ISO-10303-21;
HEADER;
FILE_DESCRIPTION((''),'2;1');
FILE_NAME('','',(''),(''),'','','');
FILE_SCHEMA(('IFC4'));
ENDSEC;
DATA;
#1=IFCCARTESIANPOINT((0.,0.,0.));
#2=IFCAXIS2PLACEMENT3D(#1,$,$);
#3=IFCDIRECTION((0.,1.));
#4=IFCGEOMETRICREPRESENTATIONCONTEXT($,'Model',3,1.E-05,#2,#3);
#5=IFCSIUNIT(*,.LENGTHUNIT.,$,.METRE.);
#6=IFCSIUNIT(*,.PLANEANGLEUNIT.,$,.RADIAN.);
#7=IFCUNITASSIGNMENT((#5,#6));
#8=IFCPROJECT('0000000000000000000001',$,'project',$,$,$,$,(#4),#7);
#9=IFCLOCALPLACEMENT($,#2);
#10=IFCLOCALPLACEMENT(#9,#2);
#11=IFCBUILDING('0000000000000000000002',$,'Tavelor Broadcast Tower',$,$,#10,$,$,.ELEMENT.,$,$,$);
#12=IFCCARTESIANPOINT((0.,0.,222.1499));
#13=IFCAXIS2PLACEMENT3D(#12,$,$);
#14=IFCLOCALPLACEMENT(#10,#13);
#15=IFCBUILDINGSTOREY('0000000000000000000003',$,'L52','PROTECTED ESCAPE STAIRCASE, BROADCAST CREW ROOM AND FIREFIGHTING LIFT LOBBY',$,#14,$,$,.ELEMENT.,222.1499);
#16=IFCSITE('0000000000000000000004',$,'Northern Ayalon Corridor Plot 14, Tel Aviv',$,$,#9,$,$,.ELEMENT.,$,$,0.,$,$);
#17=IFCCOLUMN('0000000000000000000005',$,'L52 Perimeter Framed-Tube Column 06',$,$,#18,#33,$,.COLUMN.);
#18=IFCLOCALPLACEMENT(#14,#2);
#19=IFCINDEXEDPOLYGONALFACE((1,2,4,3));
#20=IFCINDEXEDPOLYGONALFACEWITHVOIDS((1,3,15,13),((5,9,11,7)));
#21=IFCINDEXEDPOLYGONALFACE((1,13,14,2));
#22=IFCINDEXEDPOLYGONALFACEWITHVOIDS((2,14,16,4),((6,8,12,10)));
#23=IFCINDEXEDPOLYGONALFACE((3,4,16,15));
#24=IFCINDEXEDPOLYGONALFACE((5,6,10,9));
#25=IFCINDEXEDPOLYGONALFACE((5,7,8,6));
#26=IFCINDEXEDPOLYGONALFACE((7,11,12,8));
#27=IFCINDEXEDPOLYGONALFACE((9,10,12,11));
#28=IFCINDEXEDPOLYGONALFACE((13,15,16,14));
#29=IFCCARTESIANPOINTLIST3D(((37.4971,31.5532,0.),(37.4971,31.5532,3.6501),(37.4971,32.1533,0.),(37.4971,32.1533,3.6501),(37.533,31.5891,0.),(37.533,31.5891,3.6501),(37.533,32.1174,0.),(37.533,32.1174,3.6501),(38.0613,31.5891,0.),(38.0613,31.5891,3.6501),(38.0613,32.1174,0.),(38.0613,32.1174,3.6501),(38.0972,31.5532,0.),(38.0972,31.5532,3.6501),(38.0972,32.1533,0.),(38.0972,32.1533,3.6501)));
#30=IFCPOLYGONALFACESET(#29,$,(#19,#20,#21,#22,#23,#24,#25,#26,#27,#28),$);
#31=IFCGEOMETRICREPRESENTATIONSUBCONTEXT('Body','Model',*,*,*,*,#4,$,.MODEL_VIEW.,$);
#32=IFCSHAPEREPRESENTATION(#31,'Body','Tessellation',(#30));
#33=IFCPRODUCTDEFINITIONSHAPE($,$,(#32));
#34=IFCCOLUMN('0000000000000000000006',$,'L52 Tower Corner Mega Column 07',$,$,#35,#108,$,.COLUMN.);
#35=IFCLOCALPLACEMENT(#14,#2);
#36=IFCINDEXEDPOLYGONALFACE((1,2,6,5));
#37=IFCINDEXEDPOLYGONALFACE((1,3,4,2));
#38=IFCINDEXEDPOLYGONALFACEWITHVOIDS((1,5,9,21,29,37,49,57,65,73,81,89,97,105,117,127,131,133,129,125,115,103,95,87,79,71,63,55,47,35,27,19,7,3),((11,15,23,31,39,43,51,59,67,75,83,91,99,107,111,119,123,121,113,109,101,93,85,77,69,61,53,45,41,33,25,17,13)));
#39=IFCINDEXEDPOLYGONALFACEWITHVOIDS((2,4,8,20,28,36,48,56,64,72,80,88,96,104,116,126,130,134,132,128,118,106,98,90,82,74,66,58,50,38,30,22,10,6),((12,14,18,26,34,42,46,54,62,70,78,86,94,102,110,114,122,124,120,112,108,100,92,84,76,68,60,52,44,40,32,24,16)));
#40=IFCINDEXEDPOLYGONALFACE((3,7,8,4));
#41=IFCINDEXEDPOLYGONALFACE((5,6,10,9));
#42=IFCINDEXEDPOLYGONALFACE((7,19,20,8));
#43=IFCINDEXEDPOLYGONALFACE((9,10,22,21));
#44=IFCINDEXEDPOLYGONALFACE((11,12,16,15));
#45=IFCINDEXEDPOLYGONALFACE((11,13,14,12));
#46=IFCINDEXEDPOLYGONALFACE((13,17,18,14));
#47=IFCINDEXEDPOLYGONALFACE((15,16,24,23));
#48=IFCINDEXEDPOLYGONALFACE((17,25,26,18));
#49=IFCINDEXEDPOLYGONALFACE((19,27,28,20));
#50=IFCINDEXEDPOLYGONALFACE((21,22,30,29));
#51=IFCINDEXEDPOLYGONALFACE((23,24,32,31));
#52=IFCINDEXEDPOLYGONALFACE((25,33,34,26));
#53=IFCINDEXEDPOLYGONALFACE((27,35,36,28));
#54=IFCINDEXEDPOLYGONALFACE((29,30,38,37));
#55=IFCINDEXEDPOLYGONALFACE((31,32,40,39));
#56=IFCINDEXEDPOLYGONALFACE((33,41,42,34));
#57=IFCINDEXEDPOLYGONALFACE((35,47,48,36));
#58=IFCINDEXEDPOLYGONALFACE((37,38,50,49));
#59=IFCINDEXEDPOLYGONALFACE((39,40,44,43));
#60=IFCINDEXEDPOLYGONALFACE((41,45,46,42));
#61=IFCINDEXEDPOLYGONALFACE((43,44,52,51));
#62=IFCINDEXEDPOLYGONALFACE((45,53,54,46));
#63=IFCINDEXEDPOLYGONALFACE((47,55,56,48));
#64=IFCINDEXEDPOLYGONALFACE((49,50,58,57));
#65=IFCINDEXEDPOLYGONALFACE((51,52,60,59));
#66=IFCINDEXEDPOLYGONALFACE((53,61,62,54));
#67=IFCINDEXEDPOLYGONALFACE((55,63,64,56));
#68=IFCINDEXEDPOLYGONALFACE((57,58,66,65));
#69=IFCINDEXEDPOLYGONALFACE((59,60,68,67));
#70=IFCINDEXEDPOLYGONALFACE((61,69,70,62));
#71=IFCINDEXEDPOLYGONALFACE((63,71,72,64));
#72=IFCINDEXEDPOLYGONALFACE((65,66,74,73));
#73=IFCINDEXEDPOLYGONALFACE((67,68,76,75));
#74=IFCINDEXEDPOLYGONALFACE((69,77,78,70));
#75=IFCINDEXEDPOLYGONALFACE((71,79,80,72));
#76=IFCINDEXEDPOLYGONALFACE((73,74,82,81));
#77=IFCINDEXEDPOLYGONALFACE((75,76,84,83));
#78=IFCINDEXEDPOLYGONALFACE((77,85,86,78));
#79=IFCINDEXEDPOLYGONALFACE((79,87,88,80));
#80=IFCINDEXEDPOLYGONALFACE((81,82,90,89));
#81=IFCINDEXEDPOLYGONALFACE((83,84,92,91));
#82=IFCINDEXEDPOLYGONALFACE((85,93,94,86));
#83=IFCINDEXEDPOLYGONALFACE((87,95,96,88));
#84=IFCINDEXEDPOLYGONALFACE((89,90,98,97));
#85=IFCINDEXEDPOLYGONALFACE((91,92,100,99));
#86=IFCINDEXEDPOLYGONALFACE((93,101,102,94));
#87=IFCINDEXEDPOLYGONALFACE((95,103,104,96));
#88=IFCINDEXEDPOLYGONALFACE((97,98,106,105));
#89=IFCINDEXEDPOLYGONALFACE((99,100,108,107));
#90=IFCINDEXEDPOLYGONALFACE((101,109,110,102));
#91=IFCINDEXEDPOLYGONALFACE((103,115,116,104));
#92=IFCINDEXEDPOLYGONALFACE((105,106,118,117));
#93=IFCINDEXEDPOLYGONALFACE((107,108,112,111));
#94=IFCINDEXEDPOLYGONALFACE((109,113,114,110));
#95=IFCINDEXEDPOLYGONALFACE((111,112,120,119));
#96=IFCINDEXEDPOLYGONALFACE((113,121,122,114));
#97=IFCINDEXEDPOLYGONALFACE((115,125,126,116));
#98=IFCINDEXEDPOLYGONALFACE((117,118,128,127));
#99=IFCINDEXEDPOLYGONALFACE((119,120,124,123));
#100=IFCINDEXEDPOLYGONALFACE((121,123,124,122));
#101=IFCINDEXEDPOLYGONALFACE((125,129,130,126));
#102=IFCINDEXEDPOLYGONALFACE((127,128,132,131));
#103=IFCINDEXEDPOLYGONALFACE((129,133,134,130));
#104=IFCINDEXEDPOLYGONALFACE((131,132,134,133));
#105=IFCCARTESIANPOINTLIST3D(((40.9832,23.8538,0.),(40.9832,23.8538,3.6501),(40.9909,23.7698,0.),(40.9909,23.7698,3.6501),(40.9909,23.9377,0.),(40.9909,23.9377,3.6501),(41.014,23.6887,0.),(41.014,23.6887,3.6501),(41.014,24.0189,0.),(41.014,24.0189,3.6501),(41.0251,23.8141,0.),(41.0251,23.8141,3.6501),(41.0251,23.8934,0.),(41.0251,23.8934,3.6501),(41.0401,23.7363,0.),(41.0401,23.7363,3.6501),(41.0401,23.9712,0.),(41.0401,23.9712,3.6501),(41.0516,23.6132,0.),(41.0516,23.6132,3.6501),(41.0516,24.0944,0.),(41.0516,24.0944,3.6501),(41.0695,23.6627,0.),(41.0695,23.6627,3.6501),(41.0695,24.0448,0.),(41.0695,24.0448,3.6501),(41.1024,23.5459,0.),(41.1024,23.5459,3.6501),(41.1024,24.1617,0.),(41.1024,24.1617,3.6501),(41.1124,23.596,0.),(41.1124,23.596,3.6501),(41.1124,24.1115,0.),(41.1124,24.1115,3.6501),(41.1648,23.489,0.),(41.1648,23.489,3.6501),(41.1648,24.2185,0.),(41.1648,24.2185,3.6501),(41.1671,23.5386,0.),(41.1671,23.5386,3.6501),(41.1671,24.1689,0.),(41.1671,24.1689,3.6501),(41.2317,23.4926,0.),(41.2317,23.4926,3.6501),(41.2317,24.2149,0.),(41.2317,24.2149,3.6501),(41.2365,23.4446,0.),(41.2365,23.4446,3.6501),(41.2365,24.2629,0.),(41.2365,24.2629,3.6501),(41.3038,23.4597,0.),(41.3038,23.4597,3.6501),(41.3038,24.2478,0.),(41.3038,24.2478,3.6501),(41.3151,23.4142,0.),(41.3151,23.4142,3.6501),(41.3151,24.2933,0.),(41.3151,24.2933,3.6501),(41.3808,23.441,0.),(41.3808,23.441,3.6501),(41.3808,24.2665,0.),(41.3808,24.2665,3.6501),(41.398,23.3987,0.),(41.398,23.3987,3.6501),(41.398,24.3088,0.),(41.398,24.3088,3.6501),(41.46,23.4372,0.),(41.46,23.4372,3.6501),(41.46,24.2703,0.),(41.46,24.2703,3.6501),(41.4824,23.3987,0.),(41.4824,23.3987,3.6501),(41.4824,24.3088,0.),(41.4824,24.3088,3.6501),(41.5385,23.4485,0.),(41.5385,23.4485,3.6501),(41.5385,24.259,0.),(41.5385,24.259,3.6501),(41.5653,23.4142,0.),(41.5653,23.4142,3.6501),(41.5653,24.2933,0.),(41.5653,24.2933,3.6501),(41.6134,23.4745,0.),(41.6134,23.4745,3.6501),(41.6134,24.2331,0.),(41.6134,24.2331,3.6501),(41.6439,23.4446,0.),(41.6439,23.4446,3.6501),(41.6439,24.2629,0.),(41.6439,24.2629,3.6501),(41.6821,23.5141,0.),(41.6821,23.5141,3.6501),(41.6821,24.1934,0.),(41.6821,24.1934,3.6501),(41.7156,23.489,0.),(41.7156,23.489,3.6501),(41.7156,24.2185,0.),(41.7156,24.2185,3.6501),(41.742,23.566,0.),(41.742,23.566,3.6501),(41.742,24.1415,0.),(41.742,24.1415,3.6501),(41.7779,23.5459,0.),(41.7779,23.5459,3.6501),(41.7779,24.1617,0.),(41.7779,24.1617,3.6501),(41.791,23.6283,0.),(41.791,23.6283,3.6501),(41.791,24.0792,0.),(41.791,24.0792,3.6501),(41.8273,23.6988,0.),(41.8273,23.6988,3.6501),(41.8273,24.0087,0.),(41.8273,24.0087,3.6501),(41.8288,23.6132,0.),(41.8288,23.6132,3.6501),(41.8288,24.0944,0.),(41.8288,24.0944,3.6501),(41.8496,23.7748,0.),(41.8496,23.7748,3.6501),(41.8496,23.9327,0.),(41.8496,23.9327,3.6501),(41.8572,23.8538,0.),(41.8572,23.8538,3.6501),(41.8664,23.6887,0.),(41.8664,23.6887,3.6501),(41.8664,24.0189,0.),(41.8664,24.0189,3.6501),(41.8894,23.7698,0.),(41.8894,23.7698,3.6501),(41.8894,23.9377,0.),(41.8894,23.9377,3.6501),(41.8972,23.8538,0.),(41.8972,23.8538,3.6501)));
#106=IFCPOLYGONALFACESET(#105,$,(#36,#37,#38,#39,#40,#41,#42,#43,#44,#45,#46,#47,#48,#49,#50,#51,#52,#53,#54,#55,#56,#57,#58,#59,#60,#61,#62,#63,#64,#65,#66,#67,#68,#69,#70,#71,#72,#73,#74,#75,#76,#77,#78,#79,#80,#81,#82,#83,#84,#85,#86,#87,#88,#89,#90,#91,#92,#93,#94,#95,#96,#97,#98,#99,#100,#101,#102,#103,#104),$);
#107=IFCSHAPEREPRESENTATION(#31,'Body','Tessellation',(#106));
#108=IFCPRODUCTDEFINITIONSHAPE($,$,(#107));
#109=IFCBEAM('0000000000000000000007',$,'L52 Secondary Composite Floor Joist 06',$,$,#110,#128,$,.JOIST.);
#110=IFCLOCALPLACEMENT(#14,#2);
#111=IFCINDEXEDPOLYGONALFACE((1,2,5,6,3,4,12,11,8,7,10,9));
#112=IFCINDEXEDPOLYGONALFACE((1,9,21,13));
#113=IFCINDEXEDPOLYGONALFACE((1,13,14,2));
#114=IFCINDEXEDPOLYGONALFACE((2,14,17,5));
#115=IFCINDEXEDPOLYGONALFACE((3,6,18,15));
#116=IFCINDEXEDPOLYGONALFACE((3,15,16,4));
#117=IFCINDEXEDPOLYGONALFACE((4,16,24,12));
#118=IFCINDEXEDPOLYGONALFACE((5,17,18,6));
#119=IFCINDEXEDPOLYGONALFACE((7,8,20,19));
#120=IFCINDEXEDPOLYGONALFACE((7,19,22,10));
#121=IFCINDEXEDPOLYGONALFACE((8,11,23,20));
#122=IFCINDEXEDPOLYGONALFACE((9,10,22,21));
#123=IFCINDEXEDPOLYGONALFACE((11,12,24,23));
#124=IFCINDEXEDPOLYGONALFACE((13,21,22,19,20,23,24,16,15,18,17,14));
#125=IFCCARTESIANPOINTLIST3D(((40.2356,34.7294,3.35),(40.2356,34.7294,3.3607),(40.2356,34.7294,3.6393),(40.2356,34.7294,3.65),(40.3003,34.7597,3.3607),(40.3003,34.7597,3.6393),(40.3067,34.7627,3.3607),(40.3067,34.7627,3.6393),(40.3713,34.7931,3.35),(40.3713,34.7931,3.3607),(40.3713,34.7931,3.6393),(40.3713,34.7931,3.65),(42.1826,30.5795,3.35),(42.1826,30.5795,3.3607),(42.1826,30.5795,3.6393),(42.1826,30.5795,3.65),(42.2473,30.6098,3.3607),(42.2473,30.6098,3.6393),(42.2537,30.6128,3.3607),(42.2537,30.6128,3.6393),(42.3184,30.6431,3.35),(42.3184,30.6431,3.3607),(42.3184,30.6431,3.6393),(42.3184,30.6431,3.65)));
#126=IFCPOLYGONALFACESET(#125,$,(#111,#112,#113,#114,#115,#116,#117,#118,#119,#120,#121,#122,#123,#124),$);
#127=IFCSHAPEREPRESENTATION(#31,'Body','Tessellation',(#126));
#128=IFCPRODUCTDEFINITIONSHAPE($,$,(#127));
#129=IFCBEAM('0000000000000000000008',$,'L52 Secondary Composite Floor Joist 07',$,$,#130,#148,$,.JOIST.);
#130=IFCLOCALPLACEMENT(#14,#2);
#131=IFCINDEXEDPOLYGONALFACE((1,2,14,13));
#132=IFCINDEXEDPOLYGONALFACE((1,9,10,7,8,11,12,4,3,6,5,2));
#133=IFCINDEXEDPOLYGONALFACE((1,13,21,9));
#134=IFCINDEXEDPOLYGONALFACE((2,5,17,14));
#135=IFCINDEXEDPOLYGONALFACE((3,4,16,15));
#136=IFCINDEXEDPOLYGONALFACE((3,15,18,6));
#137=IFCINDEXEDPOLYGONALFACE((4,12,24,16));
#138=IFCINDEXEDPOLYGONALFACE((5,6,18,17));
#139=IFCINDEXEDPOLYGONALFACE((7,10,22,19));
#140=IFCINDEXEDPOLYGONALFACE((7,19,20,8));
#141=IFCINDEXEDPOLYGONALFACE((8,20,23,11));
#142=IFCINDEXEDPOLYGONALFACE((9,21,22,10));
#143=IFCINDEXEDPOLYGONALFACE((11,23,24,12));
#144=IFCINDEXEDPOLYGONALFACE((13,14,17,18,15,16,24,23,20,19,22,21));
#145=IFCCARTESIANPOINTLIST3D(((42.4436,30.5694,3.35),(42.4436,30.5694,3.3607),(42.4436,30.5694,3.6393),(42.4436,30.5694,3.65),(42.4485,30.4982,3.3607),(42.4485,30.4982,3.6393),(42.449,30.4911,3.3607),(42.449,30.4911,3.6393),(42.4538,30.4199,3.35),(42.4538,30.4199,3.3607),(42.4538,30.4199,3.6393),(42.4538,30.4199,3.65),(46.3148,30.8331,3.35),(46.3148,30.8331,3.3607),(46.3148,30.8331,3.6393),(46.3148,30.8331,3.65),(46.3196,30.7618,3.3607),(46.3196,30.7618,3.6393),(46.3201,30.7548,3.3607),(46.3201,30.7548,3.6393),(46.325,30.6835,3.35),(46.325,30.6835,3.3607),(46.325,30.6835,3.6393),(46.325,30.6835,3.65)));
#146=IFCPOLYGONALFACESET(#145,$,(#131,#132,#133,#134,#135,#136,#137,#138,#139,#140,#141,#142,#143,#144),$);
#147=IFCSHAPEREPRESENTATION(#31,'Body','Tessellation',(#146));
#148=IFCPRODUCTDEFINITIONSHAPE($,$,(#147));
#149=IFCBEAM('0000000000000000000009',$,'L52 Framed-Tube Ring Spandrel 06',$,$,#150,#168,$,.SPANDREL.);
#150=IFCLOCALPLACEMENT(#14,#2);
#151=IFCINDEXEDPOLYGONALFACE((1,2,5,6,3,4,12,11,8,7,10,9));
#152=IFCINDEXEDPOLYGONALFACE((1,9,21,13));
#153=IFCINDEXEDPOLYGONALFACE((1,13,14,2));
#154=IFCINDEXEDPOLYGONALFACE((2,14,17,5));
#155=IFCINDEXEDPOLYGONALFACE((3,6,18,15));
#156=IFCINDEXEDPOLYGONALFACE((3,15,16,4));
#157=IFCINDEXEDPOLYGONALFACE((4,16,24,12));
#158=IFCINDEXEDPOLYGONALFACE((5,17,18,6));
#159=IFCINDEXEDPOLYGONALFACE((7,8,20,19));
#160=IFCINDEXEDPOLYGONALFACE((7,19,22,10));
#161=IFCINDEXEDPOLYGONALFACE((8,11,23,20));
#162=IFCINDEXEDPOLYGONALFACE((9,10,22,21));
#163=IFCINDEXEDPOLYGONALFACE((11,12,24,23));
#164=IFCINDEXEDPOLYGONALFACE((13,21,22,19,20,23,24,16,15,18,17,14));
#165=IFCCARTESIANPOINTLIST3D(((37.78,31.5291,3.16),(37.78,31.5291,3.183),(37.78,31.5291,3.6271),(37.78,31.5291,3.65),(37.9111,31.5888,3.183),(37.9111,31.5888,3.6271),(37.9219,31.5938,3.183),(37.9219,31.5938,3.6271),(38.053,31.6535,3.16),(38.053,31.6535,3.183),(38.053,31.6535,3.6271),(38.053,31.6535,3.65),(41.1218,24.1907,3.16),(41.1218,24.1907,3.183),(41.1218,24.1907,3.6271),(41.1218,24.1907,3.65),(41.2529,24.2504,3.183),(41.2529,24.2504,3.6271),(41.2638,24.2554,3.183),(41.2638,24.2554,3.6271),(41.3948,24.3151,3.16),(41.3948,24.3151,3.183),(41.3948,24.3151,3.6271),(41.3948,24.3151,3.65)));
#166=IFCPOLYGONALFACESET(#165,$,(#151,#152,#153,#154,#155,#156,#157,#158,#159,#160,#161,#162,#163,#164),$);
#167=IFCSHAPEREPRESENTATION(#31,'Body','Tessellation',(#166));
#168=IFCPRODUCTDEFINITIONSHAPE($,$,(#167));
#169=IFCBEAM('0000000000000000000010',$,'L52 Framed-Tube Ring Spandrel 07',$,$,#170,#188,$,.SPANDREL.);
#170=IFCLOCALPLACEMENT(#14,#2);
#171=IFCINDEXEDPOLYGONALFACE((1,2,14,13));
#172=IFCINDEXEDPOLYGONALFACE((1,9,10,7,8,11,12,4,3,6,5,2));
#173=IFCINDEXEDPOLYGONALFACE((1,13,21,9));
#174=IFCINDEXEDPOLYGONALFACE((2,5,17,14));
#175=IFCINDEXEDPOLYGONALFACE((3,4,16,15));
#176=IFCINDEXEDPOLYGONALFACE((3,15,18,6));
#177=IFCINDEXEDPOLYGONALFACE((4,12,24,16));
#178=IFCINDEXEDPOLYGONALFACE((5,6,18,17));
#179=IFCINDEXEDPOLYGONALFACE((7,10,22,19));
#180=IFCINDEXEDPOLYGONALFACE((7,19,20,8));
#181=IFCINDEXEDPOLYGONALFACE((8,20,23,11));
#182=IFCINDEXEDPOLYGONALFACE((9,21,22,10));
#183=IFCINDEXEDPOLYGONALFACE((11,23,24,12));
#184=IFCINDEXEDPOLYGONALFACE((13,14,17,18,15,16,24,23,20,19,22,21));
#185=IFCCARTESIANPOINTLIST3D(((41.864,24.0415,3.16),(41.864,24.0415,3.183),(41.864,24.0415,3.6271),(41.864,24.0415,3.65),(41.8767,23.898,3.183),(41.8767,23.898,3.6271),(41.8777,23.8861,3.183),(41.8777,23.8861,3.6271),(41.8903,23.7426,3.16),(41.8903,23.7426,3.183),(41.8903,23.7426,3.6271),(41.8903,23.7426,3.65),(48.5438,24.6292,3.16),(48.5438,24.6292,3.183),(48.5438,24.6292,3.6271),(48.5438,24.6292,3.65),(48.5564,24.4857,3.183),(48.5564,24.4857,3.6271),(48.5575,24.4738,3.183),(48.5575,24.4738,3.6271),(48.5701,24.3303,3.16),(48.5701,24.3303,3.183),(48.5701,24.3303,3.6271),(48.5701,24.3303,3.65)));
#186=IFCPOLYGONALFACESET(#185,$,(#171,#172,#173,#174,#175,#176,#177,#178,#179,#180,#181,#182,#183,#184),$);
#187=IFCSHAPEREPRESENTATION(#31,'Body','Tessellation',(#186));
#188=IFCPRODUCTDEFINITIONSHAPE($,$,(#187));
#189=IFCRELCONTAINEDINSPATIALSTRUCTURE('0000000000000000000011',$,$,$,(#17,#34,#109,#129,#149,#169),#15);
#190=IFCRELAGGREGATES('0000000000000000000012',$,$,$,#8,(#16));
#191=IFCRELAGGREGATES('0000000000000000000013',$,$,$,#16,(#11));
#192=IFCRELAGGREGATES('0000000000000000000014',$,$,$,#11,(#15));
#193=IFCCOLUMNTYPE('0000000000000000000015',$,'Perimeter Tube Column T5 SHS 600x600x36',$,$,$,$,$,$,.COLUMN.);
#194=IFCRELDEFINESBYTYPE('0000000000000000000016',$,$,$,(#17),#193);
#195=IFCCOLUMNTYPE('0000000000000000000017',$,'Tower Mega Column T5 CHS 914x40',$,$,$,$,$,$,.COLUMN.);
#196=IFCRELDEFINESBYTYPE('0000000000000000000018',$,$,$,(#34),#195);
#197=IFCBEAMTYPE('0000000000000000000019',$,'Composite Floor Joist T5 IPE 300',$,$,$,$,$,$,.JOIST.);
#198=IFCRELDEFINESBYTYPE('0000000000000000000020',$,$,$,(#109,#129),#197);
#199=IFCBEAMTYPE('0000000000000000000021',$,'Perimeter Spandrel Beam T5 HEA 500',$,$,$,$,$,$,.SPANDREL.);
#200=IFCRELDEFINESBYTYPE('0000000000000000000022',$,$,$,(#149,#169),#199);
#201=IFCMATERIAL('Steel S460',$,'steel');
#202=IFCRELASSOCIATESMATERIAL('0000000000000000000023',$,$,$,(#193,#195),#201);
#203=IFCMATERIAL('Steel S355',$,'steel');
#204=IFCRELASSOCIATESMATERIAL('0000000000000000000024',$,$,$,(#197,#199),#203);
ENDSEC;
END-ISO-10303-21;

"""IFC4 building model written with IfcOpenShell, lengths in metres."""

from ifc_helpers import new_model, si_unit, direction, frame, origin, origin_2d, place, context, subcontext, project, spatial, hollow_rectangle, hollow_circle, i_section, extrude, material, material_profile, profile_set, type_object, element, save


model = new_model("IFC4")

# Units and contexts
model_context = context("Model", 3, precision=1e-05, world=origin(), true_north=direction((0.0, 1.0)))
body_context = subcontext(model_context, "Body", "Model", "MODEL_VIEW")
ifc_project = project(units=[si_unit("LENGTHUNIT", "METRE"), si_unit("PLANEANGLEUNIT", "RADIAN")], contexts=[model_context])

# Site, building, storey
site_placement = place(None, origin())
site = spatial("IfcSite", under=ifc_project, at=site_placement, Name="Northern Ayalon Corridor Plot 14, Tel Aviv", CompositionType="ELEMENT", RefElevation=0.0)
building_placement = place(site_placement, origin())
building = spatial("IfcBuilding", under=site, at=building_placement, Name="Tavelor Broadcast Tower", CompositionType="ELEMENT")
storey_placement = place(building_placement, frame((0.0, 0.0, 222.1499)))
storey = spatial("IfcBuildingStorey", under=building, at=storey_placement, Name="L52", Description="PROTECTED ESCAPE STAIRCASE, BROADCAST CREW ROOM AND FIREFIGHTING LIFT LOBBY", CompositionType="ELEMENT", Elevation=222.1499)

# Columns
ifc_material_1 = material(Name="Steel S460", Category="steel")
ifc_material_profile_1 = material_profile(ifc_material_1, hollow_rectangle(XDim=0.6001, YDim=0.6001, WallThickness=0.0359, at=origin_2d()), Name="SHS 600x600x36")
ifc_profile_set_1 = profile_set([ifc_material_profile_1], Name="Steel S460")
column_type_1 = type_object("IfcColumnType", Name="Perimeter Tube Column T5 SHS 600x600x36", PredefinedType="COLUMN", material=ifc_profile_set_1)
column_1_placement = place(storey_placement, frame((37.7971, 31.8533, 0.0), z_axis=(0.0, 0.0, 1.0), x_axis=(1.0, 0.0, 0.0)))
element("IfcColumn", 1, at=column_1_placement, inside=storey, type_object=column_type_1, Name="L52 Perimeter Framed-Tube Column 06", PredefinedType="COLUMN", context=body_context, shape_type="SweptSolid", body=[
    extrude(hollow_rectangle(XDim=0.6001, YDim=0.6001, WallThickness=0.0359, at=origin_2d()), origin(), (0.0, 0.0, 1.0), 3.6501),
])
ifc_material_profile_2 = material_profile(ifc_material_1, hollow_circle(Radius=0.457, WallThickness=0.04, at=origin_2d()), Name="CHS 914x40")
ifc_profile_set_2 = profile_set([ifc_material_profile_2], Name="Steel S460")
column_type_2 = type_object("IfcColumnType", Name="Tower Mega Column T5 CHS 914x40", PredefinedType="COLUMN", material=ifc_profile_set_2)
column_2_placement = place(storey_placement, frame((41.4402, 23.8538, 0.0), z_axis=(0.0, 0.0, 1.0), x_axis=(1.0, 0.0, 0.0)))
element("IfcColumn", 2, at=column_2_placement, inside=storey, type_object=column_type_2, Name="L52 Tower Corner Mega Column 07", PredefinedType="COLUMN", context=body_context, shape_type="SweptSolid", body=[
    extrude(hollow_circle(Radius=0.457, WallThickness=0.04, at=origin_2d()), origin(), (0.0, 0.0, 1.0), 3.6501),
])

# Beams
ifc_material_2 = material(Name="Steel S355", Category="steel")
ifc_material_profile_3 = material_profile(ifc_material_2, i_section(OverallWidth=0.1499, OverallDepth=0.3, WebThickness=0.0071, FlangeThickness=0.0107, at=origin_2d()), Name="IPE 300")
ifc_profile_set_3 = profile_set([ifc_material_profile_3], Name="Steel S355")
beam_type_1 = type_object("IfcBeamType", Name="Composite Floor Joist T5 IPE 300", PredefinedType="JOIST", material=ifc_profile_set_3)
beam_1_placement = place(storey_placement, frame((40.3035, 34.7612, 3.5), z_axis=(0.424748, -0.905312, 0.0), x_axis=(0.905312, 0.424748, 0.0)))
element("IfcBeam", 3, at=beam_1_placement, inside=storey, type_object=beam_type_1, Name="L52 Secondary Composite Floor Joist 06", PredefinedType="JOIST", context=body_context, shape_type="SweptSolid", body=[
    extrude(i_section(OverallWidth=0.1499, OverallDepth=0.3, WebThickness=0.0071, FlangeThickness=0.0107, at=origin_2d()), origin(), (0.0, 0.0, 1.0), 4.584),
])
beam_2_placement = place(storey_placement, frame((42.4487, 30.4946, 3.5), z_axis=(0.997688, 0.067956, 0.0), x_axis=(-0.067956, 0.997688, 0.0)))
element("IfcBeam", 4, at=beam_2_placement, inside=storey, type_object=beam_type_1, Name="L52 Secondary Composite Floor Joist 07", PredefinedType="JOIST", context=body_context, shape_type="SweptSolid", body=[
    extrude(i_section(OverallWidth=0.1499, OverallDepth=0.3, WebThickness=0.0071, FlangeThickness=0.0107, at=origin_2d()), origin(), (0.0, 0.0, 1.0), 3.8801),
])
ifc_material_profile_4 = material_profile(ifc_material_2, i_section(OverallWidth=0.3, OverallDepth=0.49, WebThickness=0.012, FlangeThickness=0.0229, at=origin_2d()), Name="HEA 500")
ifc_profile_set_4 = profile_set([ifc_material_profile_4], Name="Steel S355")
beam_type_2 = type_object("IfcBeamType", Name="Perimeter Spandrel Beam T5 HEA 500", PredefinedType="SPANDREL", material=ifc_profile_set_4)
beam_3_placement = place(storey_placement, frame((37.9165, 31.5913, 3.405), z_axis=(0.414437, -0.910078, 0.0), x_axis=(0.910078, 0.414437, 0.0)))
element("IfcBeam", 5, at=beam_3_placement, inside=storey, type_object=beam_type_2, Name="L52 Framed-Tube Ring Spandrel 06", PredefinedType="SPANDREL", context=body_context, shape_type="SweptSolid", body=[
    extrude(i_section(OverallWidth=0.3, OverallDepth=0.49, WebThickness=0.012, FlangeThickness=0.0229, at=origin_2d()), origin(), (0.0, 0.0, 1.0), 8.0635),
])
beam_4_placement = place(storey_placement, frame((41.8772, 23.8921, 3.405), z_axis=(0.996153, 0.087637, 0.0), x_axis=(-0.087637, 0.996153, 0.0)))
element("IfcBeam", 6, at=beam_4_placement, inside=storey, type_object=beam_type_2, Name="L52 Framed-Tube Ring Spandrel 07", PredefinedType="SPANDREL", context=body_context, shape_type="SweptSolid", body=[
    extrude(i_section(OverallWidth=0.3, OverallDepth=0.49, WebThickness=0.012, FlangeThickness=0.0229, at=origin_2d()), origin(), (0.0, 0.0, 1.0), 6.7056),
])

save(model, "model.ifc")
